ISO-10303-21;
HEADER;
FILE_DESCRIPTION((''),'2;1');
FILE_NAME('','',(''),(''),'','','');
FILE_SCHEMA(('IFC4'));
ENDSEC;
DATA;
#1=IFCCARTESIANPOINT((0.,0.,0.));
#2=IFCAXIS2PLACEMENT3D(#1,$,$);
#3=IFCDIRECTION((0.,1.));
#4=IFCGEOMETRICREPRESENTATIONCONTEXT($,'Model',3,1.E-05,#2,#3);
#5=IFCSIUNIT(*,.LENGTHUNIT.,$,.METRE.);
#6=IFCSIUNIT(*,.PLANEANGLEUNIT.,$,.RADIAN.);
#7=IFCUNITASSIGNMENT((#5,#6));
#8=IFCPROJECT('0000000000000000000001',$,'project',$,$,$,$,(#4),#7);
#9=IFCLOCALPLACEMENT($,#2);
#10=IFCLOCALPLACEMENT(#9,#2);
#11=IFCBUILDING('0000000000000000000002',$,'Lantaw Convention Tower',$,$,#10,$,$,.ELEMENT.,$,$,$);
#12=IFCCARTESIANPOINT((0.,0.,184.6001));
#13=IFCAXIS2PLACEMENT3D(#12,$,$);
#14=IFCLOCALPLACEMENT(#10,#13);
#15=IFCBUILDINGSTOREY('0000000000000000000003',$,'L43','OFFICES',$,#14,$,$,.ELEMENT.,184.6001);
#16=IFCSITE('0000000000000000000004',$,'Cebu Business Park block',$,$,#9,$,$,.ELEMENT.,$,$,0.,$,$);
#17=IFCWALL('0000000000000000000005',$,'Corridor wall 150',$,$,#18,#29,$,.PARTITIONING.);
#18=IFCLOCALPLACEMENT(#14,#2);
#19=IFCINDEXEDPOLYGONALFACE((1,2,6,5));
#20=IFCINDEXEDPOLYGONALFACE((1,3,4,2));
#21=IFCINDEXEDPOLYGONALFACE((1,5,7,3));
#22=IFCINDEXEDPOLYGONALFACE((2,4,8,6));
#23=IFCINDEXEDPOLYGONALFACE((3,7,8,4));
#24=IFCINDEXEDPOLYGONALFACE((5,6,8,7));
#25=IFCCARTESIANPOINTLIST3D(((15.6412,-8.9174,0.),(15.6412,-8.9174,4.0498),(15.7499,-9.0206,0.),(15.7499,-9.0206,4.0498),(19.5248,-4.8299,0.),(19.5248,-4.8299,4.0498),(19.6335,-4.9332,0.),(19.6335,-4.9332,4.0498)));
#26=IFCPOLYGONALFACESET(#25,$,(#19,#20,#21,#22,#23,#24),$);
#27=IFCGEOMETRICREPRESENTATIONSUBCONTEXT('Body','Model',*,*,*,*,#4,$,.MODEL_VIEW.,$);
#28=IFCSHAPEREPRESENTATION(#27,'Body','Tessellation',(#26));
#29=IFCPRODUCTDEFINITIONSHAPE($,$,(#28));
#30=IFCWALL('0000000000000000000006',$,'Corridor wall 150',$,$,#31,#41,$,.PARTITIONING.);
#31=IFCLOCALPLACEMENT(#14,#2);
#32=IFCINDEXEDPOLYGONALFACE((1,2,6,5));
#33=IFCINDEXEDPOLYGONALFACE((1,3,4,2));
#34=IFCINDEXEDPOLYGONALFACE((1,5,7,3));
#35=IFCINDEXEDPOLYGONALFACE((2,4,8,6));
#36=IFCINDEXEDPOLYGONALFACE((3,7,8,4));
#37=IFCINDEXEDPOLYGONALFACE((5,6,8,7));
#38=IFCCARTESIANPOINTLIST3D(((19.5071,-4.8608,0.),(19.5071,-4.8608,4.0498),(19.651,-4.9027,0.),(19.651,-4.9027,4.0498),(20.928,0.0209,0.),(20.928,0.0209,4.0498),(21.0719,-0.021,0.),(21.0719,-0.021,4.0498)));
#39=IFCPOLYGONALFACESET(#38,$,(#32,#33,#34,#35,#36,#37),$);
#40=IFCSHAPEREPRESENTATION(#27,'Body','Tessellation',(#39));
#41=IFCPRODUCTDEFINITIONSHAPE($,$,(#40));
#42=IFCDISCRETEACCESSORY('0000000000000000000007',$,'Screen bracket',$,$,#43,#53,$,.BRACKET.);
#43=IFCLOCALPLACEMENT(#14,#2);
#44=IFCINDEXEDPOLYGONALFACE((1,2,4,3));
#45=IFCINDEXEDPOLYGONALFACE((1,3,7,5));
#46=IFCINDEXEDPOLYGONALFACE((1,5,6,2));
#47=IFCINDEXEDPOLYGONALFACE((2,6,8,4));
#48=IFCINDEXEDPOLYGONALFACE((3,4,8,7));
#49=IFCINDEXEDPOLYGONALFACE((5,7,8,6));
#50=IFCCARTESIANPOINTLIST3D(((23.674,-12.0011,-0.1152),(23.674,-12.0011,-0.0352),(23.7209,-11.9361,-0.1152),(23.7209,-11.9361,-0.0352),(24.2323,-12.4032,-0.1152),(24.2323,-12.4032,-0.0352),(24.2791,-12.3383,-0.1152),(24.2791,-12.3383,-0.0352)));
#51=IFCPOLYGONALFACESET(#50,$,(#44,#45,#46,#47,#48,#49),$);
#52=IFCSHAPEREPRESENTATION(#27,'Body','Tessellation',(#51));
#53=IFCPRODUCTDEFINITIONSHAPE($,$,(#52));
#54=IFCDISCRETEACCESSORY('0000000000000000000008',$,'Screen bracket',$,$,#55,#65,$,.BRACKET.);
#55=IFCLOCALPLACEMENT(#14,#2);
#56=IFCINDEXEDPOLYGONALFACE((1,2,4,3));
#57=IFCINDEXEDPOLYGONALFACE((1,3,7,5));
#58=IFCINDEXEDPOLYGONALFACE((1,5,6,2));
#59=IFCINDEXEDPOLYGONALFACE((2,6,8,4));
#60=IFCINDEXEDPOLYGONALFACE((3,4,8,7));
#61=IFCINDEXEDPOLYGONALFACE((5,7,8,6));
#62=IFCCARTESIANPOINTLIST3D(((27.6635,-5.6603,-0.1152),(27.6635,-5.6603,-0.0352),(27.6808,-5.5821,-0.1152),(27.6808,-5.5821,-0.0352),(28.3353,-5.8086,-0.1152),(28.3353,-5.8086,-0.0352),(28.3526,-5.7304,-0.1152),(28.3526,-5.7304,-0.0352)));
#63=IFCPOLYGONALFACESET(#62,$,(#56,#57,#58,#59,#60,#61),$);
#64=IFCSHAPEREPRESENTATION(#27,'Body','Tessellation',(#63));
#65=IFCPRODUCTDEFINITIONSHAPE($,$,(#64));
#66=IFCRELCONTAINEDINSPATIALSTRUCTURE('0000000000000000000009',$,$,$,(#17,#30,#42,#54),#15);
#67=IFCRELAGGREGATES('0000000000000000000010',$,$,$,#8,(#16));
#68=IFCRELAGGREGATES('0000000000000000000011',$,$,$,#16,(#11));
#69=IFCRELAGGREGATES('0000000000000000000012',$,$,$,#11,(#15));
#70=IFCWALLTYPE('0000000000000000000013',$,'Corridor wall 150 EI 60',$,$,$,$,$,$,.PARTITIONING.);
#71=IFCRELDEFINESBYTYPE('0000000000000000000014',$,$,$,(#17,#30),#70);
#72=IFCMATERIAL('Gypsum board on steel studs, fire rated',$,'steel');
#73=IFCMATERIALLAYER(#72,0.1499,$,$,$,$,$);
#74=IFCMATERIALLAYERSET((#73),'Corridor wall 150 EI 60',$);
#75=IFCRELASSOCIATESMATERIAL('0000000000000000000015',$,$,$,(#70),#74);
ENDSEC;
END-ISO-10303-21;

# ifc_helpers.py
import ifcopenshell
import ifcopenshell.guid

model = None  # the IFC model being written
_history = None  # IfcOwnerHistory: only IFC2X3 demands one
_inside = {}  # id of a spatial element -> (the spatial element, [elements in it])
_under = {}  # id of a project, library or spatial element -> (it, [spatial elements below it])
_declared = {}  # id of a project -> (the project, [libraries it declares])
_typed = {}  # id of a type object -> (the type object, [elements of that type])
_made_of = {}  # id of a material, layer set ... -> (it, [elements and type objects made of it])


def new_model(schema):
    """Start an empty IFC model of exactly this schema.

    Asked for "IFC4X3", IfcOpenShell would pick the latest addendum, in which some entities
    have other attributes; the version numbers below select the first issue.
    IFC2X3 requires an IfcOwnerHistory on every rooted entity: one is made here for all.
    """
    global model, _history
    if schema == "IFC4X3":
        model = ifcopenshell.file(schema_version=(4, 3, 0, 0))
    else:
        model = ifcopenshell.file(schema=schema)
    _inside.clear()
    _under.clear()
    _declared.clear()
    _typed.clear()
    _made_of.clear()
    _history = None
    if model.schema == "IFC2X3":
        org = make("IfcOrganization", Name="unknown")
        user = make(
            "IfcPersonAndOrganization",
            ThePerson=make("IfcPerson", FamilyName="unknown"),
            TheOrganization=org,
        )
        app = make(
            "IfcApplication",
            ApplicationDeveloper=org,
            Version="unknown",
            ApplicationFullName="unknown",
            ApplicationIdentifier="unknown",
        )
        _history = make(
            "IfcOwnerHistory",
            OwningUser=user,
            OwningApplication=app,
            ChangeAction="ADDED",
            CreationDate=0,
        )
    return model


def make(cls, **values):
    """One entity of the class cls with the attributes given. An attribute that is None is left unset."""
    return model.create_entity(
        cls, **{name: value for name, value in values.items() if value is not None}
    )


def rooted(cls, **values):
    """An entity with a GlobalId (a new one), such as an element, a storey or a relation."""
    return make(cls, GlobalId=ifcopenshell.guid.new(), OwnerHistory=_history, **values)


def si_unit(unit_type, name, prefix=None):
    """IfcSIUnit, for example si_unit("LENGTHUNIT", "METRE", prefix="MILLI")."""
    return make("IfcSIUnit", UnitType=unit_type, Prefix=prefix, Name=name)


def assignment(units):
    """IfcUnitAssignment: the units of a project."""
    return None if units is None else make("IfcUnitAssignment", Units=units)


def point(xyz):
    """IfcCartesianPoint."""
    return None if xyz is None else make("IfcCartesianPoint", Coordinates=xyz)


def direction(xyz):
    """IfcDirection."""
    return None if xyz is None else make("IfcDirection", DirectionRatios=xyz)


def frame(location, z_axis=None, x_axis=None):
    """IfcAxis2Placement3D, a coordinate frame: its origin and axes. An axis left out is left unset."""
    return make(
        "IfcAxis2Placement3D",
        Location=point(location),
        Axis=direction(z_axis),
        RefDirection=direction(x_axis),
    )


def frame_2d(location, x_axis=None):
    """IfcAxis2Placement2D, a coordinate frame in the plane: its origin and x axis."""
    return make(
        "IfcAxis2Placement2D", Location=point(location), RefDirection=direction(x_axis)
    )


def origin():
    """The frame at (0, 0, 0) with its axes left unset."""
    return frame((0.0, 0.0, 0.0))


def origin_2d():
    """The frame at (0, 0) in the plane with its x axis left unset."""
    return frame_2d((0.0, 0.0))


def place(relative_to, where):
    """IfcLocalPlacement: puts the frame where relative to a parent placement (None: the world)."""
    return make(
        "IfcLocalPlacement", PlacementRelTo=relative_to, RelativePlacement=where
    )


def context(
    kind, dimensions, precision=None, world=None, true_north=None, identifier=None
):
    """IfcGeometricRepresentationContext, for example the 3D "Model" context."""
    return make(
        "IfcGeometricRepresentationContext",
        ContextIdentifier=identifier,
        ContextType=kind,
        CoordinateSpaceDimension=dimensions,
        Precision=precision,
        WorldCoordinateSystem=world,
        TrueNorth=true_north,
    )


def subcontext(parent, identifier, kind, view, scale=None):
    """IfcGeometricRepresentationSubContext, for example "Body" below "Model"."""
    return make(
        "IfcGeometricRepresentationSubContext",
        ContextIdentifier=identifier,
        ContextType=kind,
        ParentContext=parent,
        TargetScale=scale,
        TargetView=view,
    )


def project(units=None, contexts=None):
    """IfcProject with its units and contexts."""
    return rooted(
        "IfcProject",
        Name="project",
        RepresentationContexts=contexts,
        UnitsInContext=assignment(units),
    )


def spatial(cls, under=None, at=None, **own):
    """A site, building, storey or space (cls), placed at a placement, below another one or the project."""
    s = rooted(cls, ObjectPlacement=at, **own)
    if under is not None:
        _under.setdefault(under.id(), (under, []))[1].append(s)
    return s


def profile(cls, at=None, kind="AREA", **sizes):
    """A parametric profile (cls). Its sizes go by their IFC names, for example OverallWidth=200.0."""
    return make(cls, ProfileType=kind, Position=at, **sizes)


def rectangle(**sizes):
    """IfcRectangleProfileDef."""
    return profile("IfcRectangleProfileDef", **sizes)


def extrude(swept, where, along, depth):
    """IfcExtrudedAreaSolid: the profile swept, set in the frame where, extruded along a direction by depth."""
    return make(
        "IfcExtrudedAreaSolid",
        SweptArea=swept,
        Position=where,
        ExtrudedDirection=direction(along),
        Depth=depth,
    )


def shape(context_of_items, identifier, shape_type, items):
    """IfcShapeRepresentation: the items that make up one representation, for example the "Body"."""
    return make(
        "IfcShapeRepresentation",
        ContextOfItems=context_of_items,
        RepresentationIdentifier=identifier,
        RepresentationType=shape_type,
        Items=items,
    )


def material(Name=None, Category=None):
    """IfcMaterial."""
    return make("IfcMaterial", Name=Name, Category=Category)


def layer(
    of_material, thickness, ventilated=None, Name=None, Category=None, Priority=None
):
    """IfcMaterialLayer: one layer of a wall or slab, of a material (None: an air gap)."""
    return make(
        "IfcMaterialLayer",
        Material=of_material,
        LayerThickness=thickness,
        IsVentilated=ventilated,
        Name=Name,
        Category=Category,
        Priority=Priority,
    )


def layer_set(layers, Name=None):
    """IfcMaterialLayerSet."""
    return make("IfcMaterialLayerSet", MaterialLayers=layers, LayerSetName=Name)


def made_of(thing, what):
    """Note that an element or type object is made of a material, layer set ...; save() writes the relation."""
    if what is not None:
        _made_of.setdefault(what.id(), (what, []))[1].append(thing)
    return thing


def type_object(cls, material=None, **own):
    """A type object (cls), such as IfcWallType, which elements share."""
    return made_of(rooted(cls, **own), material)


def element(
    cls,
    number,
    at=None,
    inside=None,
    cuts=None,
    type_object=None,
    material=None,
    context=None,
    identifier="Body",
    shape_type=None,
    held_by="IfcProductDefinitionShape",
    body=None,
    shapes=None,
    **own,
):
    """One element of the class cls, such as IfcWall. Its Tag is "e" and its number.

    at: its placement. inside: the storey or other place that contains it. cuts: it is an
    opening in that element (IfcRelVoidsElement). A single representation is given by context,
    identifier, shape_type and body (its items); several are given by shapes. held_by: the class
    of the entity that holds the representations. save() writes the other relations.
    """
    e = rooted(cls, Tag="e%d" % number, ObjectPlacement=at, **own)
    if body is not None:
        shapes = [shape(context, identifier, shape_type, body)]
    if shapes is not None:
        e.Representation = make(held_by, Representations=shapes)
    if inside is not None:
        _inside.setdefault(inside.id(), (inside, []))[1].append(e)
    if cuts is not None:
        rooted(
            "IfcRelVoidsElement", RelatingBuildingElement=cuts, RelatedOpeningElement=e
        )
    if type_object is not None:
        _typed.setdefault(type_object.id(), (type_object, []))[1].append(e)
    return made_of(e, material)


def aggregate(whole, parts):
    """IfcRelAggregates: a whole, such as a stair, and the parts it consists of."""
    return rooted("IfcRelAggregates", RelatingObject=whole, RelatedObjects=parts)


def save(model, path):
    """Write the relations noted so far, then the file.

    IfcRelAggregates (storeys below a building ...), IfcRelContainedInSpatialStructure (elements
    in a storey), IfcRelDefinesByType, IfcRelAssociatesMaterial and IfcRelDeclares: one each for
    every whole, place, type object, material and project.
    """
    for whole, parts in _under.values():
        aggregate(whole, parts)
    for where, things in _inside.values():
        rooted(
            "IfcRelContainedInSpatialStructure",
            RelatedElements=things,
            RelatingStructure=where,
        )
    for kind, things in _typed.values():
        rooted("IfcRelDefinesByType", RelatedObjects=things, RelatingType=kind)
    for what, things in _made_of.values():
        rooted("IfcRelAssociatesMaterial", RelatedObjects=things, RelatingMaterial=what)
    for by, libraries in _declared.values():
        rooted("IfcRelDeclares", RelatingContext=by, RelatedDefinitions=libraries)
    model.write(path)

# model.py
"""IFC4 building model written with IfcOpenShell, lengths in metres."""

from ifc_helpers import new_model, si_unit, direction, frame, frame_2d, origin, origin_2d, place, context, subcontext, project, spatial, rectangle, extrude, material, layer, layer_set, type_object, element, save


model = new_model("IFC4")

# Units and contexts
model_context = context("Model", 3, precision=1e-05, world=origin(), true_north=direction((0.0, 1.0)))
body_context = subcontext(model_context, "Body", "Model", "MODEL_VIEW")
ifc_project = project(units=[si_unit("LENGTHUNIT", "METRE"), si_unit("PLANEANGLEUNIT", "RADIAN")], contexts=[model_context])

# Site, building, storey
site_placement = place(None, origin())
site = spatial("IfcSite", under=ifc_project, at=site_placement, Name="Cebu Business Park block", CompositionType="ELEMENT", RefElevation=0.0)
building_placement = place(site_placement, origin())
building = spatial("IfcBuilding", under=site, at=building_placement, Name="Lantaw Convention Tower", CompositionType="ELEMENT")
storey_placement = place(building_placement, frame((0.0, 0.0, 184.6001)))
storey = spatial("IfcBuildingStorey", under=building, at=storey_placement, Name="L43", Description="OFFICES", CompositionType="ELEMENT", Elevation=184.6001)

# Walls
ifc_material_1 = material(Name="Gypsum board on steel studs, fire rated", Category="steel")
ifc_layer_1 = layer(ifc_material_1, 0.1499)
ifc_layer_set_1 = layer_set([ifc_layer_1], Name="Corridor wall 150 EI 60")
wall_type = type_object("IfcWallType", Name="Corridor wall 150 EI 60", PredefinedType="PARTITIONING", material=ifc_layer_set_1)
wall_1_placement = place(storey_placement, frame((15.6956, -8.969, 0.0), z_axis=(0.0, 0.0, 1.0), x_axis=(0.688797, 0.724954, 0.0)))
element("IfcWall", 1, at=wall_1_placement, inside=storey, type_object=wall_type, Name="Corridor wall 150", PredefinedType="PARTITIONING", context=body_context, shape_type="SweptSolid", body=[
    extrude(rectangle(XDim=5.6382, YDim=0.1499, at=frame_2d((2.8191, 0.0))), origin(), (0.0, 0.0, 1.0), 4.0498),
])
wall_2_placement = place(storey_placement, frame((19.5791, -4.8816, 0.0), z_axis=(0.0, 0.0, 1.0), x_axis=(0.279474, 0.960153, 0.0)))
element("IfcWall", 2, at=wall_2_placement, inside=storey, type_object=wall_type, Name="Corridor wall 150", PredefinedType="PARTITIONING", context=body_context, shape_type="SweptSolid", body=[
    extrude(rectangle(XDim=5.0842, YDim=0.1499, at=frame_2d((2.542, 0.0))), origin(), (0.0, 0.0, 1.0), 4.0498),
])

# Discrete accessories
for number, where, z_axis, x_axis, name in (
    (3, (23.9766, -12.1697, -0.1152), (0.0, 0.0, 1.0), (0.584513, 0.811385, 0.0), "Screen bracket"),
    (4, (28.0081, -5.6953, -0.1152), (0.0, 0.0, 1.0), (0.215546, 0.976494, 0.0), "Screen bracket"),
):
    element("IfcDiscreteAccessory", number, at=place(storey_placement, frame(where, z_axis=z_axis, x_axis=x_axis)), inside=storey, Name=name, PredefinedType="BRACKET", context=body_context, shape_type="SweptSolid", body=[
        extrude(rectangle(XDim=0.0801, YDim=0.688, at=origin_2d()), origin(), (0.0, 0.0, 1.0), 0.0801),
    ])

save(model, "model.ifc")
